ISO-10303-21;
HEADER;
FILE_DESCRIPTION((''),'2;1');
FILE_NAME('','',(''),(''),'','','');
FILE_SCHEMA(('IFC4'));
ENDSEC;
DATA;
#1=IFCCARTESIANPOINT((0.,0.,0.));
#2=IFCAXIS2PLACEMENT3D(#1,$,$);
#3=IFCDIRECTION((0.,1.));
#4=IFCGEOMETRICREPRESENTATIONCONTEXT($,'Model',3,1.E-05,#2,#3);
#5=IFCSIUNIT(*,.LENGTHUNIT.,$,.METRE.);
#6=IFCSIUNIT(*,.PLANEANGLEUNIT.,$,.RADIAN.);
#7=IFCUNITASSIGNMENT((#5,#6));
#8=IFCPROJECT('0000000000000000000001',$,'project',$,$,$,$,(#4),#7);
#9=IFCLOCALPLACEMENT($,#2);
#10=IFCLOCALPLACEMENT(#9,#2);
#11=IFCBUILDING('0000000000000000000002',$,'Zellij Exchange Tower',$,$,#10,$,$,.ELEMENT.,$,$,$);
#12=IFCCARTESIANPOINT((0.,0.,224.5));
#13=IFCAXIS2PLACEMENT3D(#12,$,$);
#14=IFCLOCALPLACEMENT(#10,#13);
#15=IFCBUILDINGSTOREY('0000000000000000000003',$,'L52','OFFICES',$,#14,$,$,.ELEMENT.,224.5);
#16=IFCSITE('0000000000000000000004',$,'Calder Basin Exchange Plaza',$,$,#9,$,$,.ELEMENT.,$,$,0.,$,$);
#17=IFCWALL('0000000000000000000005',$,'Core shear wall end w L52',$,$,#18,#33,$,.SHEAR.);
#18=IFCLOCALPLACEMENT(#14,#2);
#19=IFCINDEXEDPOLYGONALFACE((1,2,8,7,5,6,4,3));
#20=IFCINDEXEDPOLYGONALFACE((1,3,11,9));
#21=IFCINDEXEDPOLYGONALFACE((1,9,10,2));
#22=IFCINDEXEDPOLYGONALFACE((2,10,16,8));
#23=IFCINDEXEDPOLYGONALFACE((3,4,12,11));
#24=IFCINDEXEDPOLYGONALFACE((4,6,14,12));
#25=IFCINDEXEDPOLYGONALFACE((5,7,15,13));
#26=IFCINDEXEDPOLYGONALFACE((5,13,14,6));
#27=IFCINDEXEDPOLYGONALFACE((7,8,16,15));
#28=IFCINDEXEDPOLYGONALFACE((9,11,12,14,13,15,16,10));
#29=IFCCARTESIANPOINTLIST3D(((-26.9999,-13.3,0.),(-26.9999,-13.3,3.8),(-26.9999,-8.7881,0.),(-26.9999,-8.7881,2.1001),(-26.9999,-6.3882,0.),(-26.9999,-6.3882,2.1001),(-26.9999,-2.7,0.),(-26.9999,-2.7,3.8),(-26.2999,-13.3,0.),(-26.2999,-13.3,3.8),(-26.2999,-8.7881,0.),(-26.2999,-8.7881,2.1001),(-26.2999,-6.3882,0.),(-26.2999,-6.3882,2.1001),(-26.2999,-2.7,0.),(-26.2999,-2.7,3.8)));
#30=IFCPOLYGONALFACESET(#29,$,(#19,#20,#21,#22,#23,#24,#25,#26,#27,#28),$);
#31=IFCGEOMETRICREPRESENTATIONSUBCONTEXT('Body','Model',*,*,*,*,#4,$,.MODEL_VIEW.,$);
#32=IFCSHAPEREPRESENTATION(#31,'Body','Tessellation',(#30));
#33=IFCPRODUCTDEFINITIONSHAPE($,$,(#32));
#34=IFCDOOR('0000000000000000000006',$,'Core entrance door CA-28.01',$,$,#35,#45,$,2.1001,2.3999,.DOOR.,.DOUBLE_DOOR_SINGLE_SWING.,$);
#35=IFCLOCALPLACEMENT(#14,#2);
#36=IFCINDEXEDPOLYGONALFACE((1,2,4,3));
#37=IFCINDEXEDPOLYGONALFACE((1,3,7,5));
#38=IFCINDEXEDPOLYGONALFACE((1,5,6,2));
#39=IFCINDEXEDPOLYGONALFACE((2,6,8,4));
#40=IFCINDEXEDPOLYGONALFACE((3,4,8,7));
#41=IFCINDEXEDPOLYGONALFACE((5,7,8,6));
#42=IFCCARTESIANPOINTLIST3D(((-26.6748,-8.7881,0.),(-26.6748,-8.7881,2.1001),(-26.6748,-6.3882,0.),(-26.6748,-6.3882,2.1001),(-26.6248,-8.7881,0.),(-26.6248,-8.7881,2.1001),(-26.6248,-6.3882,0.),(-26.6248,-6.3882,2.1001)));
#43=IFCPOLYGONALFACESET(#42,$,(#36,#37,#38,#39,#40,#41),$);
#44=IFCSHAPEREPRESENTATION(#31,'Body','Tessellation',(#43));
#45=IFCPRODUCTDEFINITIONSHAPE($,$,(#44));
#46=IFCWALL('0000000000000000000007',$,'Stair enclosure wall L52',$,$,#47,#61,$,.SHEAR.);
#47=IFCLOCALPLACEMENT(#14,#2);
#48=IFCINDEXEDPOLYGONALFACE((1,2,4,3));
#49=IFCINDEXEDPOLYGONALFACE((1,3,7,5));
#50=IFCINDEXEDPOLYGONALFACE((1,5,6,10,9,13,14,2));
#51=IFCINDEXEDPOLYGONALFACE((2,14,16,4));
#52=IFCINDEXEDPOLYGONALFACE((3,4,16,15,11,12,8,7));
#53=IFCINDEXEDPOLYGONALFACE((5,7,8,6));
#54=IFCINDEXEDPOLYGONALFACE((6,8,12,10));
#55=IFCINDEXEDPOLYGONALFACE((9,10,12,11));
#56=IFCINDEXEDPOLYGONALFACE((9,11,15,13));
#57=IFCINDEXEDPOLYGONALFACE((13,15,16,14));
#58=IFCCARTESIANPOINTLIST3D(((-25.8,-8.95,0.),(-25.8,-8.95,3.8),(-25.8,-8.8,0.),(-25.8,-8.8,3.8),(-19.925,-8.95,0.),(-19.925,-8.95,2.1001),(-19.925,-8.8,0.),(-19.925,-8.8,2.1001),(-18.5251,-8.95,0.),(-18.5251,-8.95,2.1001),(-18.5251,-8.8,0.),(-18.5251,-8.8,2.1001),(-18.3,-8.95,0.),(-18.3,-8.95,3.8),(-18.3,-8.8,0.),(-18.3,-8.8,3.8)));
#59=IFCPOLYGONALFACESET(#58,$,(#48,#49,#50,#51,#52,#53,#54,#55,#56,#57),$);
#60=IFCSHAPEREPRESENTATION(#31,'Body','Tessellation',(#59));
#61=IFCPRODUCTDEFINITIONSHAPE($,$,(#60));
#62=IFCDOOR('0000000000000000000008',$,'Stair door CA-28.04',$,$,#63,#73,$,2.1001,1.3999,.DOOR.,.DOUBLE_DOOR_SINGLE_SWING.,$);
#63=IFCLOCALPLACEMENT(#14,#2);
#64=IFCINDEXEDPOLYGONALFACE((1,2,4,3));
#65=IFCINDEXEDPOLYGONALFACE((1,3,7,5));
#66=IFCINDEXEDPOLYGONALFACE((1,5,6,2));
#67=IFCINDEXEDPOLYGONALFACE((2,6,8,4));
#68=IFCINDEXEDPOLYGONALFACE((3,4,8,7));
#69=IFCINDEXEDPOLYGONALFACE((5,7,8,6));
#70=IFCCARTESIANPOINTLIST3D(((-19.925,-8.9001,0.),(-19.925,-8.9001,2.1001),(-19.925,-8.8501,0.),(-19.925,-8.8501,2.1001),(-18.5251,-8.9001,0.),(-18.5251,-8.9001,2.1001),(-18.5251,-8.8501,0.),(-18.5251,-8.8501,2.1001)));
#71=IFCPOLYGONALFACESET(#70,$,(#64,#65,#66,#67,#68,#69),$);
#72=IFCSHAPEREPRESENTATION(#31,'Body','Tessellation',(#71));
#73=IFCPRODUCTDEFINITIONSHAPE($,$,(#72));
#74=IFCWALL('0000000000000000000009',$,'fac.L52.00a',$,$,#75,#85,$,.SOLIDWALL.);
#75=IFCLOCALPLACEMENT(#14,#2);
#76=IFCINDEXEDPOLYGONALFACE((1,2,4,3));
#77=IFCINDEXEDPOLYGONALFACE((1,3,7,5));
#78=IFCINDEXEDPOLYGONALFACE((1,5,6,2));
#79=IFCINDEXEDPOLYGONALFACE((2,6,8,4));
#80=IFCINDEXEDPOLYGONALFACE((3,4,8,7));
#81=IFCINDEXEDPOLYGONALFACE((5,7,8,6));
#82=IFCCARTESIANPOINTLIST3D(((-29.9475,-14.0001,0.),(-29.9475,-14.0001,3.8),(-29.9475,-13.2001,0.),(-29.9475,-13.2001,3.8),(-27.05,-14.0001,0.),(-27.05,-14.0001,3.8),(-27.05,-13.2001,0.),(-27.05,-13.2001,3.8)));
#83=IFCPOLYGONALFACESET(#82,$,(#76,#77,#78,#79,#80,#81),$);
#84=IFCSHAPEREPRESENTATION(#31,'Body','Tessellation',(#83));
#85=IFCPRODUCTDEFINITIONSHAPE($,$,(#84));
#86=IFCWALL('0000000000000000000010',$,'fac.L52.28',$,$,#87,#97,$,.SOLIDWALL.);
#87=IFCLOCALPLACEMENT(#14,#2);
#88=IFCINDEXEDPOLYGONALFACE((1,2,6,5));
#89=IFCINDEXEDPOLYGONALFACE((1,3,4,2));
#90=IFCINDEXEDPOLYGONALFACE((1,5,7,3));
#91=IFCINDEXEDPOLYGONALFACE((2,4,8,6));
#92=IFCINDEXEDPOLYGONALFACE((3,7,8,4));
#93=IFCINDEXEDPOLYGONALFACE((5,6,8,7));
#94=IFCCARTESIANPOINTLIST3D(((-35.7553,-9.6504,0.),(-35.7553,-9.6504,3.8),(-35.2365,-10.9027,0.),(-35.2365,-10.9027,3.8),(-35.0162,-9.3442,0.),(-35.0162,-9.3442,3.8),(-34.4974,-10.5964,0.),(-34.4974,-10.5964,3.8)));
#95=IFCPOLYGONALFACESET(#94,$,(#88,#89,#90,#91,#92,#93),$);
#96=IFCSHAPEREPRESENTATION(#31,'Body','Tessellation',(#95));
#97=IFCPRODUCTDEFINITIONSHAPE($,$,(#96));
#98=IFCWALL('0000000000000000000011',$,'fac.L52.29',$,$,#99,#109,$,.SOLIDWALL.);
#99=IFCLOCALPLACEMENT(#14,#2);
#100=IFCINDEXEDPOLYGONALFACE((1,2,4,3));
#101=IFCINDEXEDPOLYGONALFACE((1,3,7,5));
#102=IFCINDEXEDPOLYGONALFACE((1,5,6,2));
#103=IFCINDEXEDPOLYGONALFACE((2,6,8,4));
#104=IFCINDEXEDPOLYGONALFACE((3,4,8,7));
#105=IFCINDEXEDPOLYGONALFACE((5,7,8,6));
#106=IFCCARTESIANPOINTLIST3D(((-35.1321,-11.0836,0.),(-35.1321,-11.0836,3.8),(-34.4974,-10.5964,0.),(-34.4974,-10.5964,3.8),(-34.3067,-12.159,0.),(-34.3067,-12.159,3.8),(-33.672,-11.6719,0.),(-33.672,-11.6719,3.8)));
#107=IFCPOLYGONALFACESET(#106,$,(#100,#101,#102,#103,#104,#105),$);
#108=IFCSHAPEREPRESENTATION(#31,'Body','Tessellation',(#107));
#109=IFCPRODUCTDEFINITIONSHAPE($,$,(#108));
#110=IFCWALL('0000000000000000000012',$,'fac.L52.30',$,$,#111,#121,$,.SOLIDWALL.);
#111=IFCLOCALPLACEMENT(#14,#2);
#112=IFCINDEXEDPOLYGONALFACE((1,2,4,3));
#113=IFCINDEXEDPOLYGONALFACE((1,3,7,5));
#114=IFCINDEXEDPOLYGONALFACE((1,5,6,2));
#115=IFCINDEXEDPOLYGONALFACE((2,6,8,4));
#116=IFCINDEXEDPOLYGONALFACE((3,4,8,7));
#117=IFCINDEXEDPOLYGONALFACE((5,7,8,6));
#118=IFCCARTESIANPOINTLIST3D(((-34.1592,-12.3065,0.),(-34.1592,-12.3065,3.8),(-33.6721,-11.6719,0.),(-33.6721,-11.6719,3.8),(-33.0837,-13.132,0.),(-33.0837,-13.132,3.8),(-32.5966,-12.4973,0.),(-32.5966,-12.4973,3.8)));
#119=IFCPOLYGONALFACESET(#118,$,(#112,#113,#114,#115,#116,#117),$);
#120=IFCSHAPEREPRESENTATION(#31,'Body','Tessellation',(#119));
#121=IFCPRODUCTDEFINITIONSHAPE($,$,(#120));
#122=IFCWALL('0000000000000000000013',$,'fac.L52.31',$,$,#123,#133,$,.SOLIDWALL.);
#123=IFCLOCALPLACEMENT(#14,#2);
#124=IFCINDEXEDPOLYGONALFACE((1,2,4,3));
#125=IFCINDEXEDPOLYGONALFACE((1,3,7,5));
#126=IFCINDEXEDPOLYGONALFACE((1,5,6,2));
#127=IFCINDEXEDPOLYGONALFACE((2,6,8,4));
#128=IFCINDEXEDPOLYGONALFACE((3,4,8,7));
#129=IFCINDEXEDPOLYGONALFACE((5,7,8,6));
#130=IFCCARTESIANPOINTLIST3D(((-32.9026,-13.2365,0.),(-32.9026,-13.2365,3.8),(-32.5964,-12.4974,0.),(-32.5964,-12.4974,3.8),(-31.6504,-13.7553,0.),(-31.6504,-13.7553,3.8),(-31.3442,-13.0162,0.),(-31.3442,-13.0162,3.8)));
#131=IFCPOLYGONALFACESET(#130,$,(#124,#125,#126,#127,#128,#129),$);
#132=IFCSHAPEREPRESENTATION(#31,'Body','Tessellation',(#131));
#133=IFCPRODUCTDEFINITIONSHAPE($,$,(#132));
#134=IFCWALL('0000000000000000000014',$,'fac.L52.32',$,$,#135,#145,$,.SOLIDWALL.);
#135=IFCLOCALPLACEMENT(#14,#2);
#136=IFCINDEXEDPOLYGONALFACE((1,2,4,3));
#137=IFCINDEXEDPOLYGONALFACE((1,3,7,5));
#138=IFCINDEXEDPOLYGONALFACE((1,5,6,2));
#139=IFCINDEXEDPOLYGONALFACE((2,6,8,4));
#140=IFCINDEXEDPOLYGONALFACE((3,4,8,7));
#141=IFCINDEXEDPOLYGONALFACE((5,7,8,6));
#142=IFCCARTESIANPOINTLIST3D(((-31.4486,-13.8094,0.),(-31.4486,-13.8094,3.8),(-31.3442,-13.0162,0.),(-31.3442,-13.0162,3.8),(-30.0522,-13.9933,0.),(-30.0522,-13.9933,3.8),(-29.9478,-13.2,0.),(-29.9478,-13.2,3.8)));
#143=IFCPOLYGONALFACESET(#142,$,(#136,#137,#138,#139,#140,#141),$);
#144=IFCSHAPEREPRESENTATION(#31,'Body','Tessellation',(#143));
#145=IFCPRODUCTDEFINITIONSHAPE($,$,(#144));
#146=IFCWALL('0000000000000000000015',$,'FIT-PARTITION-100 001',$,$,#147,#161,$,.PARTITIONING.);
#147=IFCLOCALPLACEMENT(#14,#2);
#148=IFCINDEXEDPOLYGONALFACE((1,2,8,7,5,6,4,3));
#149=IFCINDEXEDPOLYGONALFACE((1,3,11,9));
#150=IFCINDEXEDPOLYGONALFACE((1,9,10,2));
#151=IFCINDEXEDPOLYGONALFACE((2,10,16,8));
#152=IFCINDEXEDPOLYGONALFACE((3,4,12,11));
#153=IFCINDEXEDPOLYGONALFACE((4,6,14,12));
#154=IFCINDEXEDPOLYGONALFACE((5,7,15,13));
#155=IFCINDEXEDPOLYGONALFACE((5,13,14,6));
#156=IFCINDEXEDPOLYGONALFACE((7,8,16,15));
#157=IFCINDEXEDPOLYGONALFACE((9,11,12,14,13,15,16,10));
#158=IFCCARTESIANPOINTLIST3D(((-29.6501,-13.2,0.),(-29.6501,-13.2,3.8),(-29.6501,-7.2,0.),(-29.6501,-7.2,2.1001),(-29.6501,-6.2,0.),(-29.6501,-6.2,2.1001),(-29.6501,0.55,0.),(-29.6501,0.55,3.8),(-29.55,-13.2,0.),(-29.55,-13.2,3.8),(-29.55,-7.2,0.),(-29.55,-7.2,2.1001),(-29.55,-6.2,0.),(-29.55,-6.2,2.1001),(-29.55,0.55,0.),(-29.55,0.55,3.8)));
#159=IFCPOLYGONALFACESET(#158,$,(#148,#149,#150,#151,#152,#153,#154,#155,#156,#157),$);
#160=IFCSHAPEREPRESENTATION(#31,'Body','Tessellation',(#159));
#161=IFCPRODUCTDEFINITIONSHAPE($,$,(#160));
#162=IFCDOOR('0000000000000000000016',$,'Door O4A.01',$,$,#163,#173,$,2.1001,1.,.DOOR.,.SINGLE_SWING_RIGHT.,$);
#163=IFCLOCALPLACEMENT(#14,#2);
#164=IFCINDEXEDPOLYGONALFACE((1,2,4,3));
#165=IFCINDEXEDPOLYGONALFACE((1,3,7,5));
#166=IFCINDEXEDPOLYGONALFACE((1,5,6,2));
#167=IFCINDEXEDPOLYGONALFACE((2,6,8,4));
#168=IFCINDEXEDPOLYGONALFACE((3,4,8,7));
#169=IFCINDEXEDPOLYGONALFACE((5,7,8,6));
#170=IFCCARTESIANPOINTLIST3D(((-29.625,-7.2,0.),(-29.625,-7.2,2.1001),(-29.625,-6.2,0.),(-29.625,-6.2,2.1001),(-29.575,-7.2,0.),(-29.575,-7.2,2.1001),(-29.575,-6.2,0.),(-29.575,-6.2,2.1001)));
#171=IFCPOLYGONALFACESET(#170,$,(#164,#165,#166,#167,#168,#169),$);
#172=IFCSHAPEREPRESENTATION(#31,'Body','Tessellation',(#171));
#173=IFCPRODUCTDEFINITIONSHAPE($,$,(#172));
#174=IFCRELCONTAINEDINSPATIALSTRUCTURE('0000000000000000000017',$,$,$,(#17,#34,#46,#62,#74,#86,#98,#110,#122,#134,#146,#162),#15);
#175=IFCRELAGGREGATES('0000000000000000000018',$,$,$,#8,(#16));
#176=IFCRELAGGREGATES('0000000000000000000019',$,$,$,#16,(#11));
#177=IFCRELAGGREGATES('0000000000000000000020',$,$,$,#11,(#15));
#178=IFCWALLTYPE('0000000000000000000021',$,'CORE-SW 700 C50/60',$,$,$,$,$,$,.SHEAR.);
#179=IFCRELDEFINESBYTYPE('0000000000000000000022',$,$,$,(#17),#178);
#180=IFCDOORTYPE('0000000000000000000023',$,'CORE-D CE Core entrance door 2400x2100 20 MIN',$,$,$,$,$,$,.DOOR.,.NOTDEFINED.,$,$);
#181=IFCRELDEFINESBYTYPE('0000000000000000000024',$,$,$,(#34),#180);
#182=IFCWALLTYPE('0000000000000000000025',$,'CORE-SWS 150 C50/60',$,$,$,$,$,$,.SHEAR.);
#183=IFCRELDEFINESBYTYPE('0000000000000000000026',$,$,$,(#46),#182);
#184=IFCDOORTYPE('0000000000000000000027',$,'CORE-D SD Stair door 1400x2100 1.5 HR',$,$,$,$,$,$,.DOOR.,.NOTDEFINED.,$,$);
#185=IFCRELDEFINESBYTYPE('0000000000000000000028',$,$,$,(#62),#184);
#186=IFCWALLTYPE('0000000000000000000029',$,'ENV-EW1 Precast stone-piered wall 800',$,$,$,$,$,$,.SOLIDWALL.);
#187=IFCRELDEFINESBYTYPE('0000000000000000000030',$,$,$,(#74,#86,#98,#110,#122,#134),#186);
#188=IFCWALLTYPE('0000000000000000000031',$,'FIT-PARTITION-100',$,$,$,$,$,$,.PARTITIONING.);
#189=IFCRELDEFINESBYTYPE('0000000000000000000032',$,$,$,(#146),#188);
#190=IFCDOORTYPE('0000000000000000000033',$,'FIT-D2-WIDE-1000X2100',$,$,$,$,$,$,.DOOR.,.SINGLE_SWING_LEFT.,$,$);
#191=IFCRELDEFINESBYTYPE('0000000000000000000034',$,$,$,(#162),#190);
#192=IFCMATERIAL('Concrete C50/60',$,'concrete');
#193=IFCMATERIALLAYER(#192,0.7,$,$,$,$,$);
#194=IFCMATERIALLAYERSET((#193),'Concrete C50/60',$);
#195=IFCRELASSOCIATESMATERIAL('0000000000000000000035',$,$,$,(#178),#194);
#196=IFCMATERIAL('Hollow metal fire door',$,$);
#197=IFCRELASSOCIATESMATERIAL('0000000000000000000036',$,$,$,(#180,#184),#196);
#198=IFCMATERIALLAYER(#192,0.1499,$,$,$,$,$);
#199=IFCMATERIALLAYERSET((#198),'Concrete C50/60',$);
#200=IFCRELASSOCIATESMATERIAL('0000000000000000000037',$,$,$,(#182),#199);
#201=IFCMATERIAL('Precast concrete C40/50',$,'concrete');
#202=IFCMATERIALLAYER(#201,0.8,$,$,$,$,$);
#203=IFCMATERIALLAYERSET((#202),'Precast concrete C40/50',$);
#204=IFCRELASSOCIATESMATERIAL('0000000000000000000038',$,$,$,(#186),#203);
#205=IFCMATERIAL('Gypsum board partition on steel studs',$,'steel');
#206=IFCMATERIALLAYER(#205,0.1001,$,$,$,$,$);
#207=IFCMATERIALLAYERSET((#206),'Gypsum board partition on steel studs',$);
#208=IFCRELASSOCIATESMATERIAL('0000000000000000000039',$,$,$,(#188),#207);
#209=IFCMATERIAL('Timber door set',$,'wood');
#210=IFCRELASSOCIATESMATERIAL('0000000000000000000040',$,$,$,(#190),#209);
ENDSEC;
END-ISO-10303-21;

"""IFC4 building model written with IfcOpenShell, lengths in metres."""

from ifc_helpers import new_model, si_unit, direction, frame, frame_2d, origin, place, context, subcontext, project, spatial, rectangle, extrude, material, layer, layer_set, type_object, element, fill, save


model = new_model("IFC4")

# Units and contexts
model_context = context("Model", 3, precision=1e-05, world=origin(), true_north=direction((0.0, 1.0)))
body_context = subcontext(model_context, "Body", "Model", "MODEL_VIEW")
ifc_project = project(units=[si_unit("LENGTHUNIT", "METRE"), si_unit("PLANEANGLEUNIT", "RADIAN")], contexts=[model_context])

# Site, building, storey
site_placement = place(None, origin())
site = spatial("IfcSite", under=ifc_project, at=site_placement, Name="Calder Basin Exchange Plaza", CompositionType="ELEMENT", RefElevation=0.0)
building_placement = place(site_placement, origin())
building = spatial("IfcBuilding", under=site, at=building_placement, Name="Zellij Exchange Tower", CompositionType="ELEMENT")
storey_placement = place(building_placement, frame((0.0, 0.0, 224.5)))
storey = spatial("IfcBuildingStorey", under=building, at=storey_placement, Name="L52", Description="OFFICES", CompositionType="ELEMENT", Elevation=224.5)

# Shared definitions
ifc_material_1 = material(Name="Concrete C50/60", Category="concrete")

# Shared definitions
ifc_layer_1 = layer(ifc_material_1, 0.7)
ifc_layer_set_1 = layer_set([ifc_layer_1], Name="Concrete C50/60")
wall_type_1 = type_object("IfcWallType", Name="CORE-SW 700 C50/60", PredefinedType="SHEAR", material=ifc_layer_set_1)

# Walls, openings, doors
wall_1_placement = place(storey_placement, frame((-26.6499, -13.3, 0.0), z_axis=(0.0, 0.0, 1.0), x_axis=(0.0, 1.0, 0.0)))
wall_1 = element("IfcWall", 1, at=wall_1_placement, inside=storey, type_object=wall_type_1, Name="Core shear wall end w L52", PredefinedType="SHEAR", context=body_context, shape_type="SweptSolid", body=[
    extrude(rectangle(XDim=10.6001, YDim=0.7, at=frame_2d((5.3, 0.0))), origin(), (0.0, 0.0, 1.0), 3.8),
])
opening_1_placement = place(wall_1_placement, frame((4.512, 0.0, 0.0)))
opening_1 = element("IfcOpeningElement", 2, at=opening_1_placement, cuts=wall_1, PredefinedType="OPENING", context=body_context, shape_type="SweptSolid", body=[
    extrude(rectangle(XDim=2.3999, YDim=2.1001, at=frame_2d((1.2, 1.05))), frame((0.0, 0.3618, 0.0), z_axis=(0.0, -1.0, 0.0), x_axis=(1.0, 0.0, 0.0)), (0.0, 0.0, 1.0), 0.7239),
])
ifc_material_2 = material(Name="Hollow metal fire door")
door_type_1 = type_object("IfcDoorType", Name="CORE-D CE Core entrance door 2400x2100 20 MIN", OperationType="NOTDEFINED", PredefinedType="DOOR", material=ifc_material_2)
door_1_placement = place(opening_1_placement, origin())
door_1 = element("IfcDoor", 3, at=door_1_placement, inside=storey, type_object=door_type_1, Name="Core entrance door CA-28.01", OperationType="DOUBLE_DOOR_SINGLE_SWING", OverallHeight=2.1001, OverallWidth=2.3999, PredefinedType="DOOR", context=body_context, shape_type="SweptSolid", body=[
    extrude(rectangle(XDim=2.3999, YDim=2.1001, at=frame_2d((1.2, 1.05))), frame((0.0, 0.0249, 0.0), z_axis=(0.0, -1.0, 0.0), x_axis=(1.0, 0.0, 0.0)), (0.0, 0.0, 1.0), 0.05),
])
fill(opening_1, door_1)
ifc_layer_2 = layer(ifc_material_1, 0.1499)
ifc_layer_set_2 = layer_set([ifc_layer_2], Name="Concrete C50/60")
wall_type_2 = type_object("IfcWallType", Name="CORE-SWS 150 C50/60", PredefinedType="SHEAR", material=ifc_layer_set_2)
wall_2_placement = place(storey_placement, frame((-25.8, -8.875, 0.0), z_axis=(0.0, 0.0, 1.0), x_axis=(1.0, 0.0, 0.0)))
wall_2 = element("IfcWall", 4, at=wall_2_placement, inside=storey, type_object=wall_type_2, Name="Stair enclosure wall L52", PredefinedType="SHEAR", context=body_context, shape_type="SweptSolid", body=[
    extrude(rectangle(XDim=7.5, YDim=0.1499, at=frame_2d((3.75, 0.0))), origin(), (0.0, 0.0, 1.0), 3.8),
])
opening_2_placement = place(wall_2_placement, frame((5.875, 0.0, 0.0)))
opening_2 = element("IfcOpeningElement", 5, at=opening_2_placement, cuts=wall_2, PredefinedType="OPENING", context=body_context, shape_type="SweptSolid", body=[
    extrude(rectangle(XDim=1.3999, YDim=2.1001, at=frame_2d((0.7, 1.05))), frame((0.0, 0.0869, 0.0), z_axis=(0.0, -1.0, 0.0), x_axis=(1.0, 0.0, 0.0)), (0.0, 0.0, 1.0), 0.1738),
])
door_type_2 = type_object("IfcDoorType", Name="CORE-D SD Stair door 1400x2100 1.5 HR", OperationType="NOTDEFINED", PredefinedType="DOOR", material=ifc_material_2)
door_2_placement = place(opening_2_placement, origin())
door_2 = element("IfcDoor", 6, at=door_2_placement, inside=storey, type_object=door_type_2, Name="Stair door CA-28.04", OperationType="DOUBLE_DOOR_SINGLE_SWING", OverallHeight=2.1001, OverallWidth=1.3999, PredefinedType="DOOR", context=body_context, shape_type="SweptSolid", body=[
    extrude(rectangle(XDim=1.3999, YDim=2.1001, at=frame_2d((0.7, 1.05))), frame((0.0, 0.0249, 0.0), z_axis=(0.0, -1.0, 0.0), x_axis=(1.0, 0.0, 0.0)), (0.0, 0.0, 1.0), 0.05),
])
fill(opening_2, door_2)

# Walls
ifc_material_3 = material(Name="Precast concrete C40/50", Category="concrete")
ifc_layer_3 = layer(ifc_material_3, 0.8)
ifc_layer_set_3 = layer_set([ifc_layer_3], Name="Precast concrete C40/50")
wall_type_3 = type_object("IfcWallType", Name="ENV-EW1 Precast stone-piered wall 800", PredefinedType="SOLIDWALL", material=ifc_layer_set_3)
wall_3_placement = place(storey_placement, frame((-29.9475, -13.6001, 0.0), z_axis=(0.0, 0.0, 1.0), x_axis=(1.0, 0.0, 0.0)))
element("IfcWall", 7, at=wall_3_placement, inside=storey, type_object=wall_type_3, Name="fac.L52.00a", PredefinedType="SOLIDWALL", context=body_context, shape_type="SweptSolid", body=[
    extrude(rectangle(XDim=2.8975, YDim=0.8, at=frame_2d((1.4487, 0.0))), origin(), (0.0, 0.0, 1.0), 3.8),
])
wall_4_placement = place(storey_placement, frame((-35.3857, -9.4973, 0.0), z_axis=(0.0, 0.0, 1.0), x_axis=(0.38276, -0.923848, 0.0)))
element("IfcWall", 8, at=wall_4_placement, inside=storey, type_object=wall_type_3, Name="fac.L52.28", PredefinedType="SOLIDWALL", context=body_context, shape_type="SweptSolid", body=[
    extrude(rectangle(XDim=1.3555, YDim=0.8, at=frame_2d((0.6777, 0.0))), origin(), (0.0, 0.0, 1.0), 3.8),
])
for number, where, z_axis, x_axis, name in (
    (9, (-34.8147, -10.8401, 0.0), (0.0, 0.0, 1.0), (0.608866, -0.793273, 0.0), "fac.L52.29"),
    (10, (-33.9155, -11.9893, 0.0), (0.0, 0.0, 1.0), (0.793273, -0.608866, 0.0), "fac.L52.30"),
):
    element("IfcWall", number, at=place(storey_placement, frame(where, z_axis=z_axis, x_axis=x_axis)), inside=storey, type_object=wall_type_3, Name=name, PredefinedType="SOLIDWALL", context=body_context, shape_type="SweptSolid", body=[
        extrude(rectangle(XDim=1.3557, YDim=0.8, at=frame_2d((0.6777, 0.0))), origin(), (0.0, 0.0, 1.0), 3.8),
    ])
wall_5_placement = place(storey_placement, frame((-32.7495, -12.8669, 0.0), z_axis=(0.0, 0.0, 1.0), x_axis=(0.923848, -0.38276, 0.0)))
element("IfcWall", 11, at=wall_5_placement, inside=storey, type_object=wall_type_3, Name="fac.L52.31", PredefinedType="SOLIDWALL", context=body_context, shape_type="SweptSolid", body=[
    extrude(rectangle(XDim=1.3555, YDim=0.8, at=frame_2d((0.6777, 0.0))), origin(), (0.0, 0.0, 1.0), 3.8),
])
wall_6_placement = place(storey_placement, frame((-31.3962, -13.4128, 0.0), z_axis=(0.0, 0.0, 1.0), x_axis=(0.991446, -0.130517, 0.0)))
element("IfcWall", 12, at=wall_6_placement, inside=storey, type_object=wall_type_3, Name="fac.L52.32", PredefinedType="SOLIDWALL", context=body_context, shape_type="SweptSolid", body=[
    extrude(rectangle(XDim=1.4084, YDim=0.8, at=frame_2d((0.7041, 0.0))), origin(), (0.0, 0.0, 1.0), 3.8),
])

# Wall, opening, door
ifc_material_4 = material(Name="Gypsum board partition on steel studs", Category="steel")
ifc_layer_4 = layer(ifc_material_4, 0.1001)
ifc_layer_set_4 = layer_set([ifc_layer_4], Name="Gypsum board partition on steel studs")
wall_type_4 = type_object("IfcWallType", Name="FIT-PARTITION-100", PredefinedType="PARTITIONING", material=ifc_layer_set_4)
wall_7_placement = place(storey_placement, frame((-29.6001, -13.2, 0.0), z_axis=(0.0, 0.0, 1.0), x_axis=(0.0, 1.0, 0.0)))
wall_7 = element("IfcWall", 13, at=wall_7_placement, inside=storey, type_object=wall_type_4, Name="FIT-PARTITION-100 001", PredefinedType="PARTITIONING", context=body_context, shape_type="SweptSolid", body=[
    extrude(rectangle(XDim=13.75, YDim=0.1001, at=frame_2d((6.875, 0.0))), origin(), (0.0, 0.0, 1.0), 3.8),
])
opening_3_placement = place(wall_7_placement, frame((6.0, 0.0, 0.0)))
opening_3 = element("IfcOpeningElement", 14, at=opening_3_placement, cuts=wall_7, PredefinedType="OPENING", context=body_context, shape_type="SweptSolid", body=[
    extrude(rectangle(XDim=1.0, YDim=2.1001, at=frame_2d((0.5, 1.05))), frame((0.0, 0.062, 0.0), z_axis=(0.0, -1.0, 0.0), x_axis=(1.0, 0.0, 0.0)), (0.0, 0.0, 1.0), 0.124),
])
ifc_material_5 = material(Name="Timber door set", Category="wood")
door_type_3 = type_object("IfcDoorType", Name="FIT-D2-WIDE-1000X2100", OperationType="SINGLE_SWING_LEFT", PredefinedType="DOOR", material=ifc_material_5)
door_3_placement = place(opening_3_placement, origin())
door_3 = element("IfcDoor", 15, at=door_3_placement, inside=storey, type_object=door_type_3, Name="Door O4A.01", OperationType="SINGLE_SWING_RIGHT", OverallHeight=2.1001, OverallWidth=1.0, PredefinedType="DOOR", context=body_context, shape_type="SweptSolid", body=[
    extrude(rectangle(XDim=1.0, YDim=2.1001, at=frame_2d((0.5, 1.05))), frame((0.0, 0.0249, 0.0), z_axis=(0.0, -1.0, 0.0), x_axis=(1.0, 0.0, 0.0)), (0.0, 0.0, 1.0), 0.05),
])
fill(opening_3, door_3)

save(model, "model.ifc")
